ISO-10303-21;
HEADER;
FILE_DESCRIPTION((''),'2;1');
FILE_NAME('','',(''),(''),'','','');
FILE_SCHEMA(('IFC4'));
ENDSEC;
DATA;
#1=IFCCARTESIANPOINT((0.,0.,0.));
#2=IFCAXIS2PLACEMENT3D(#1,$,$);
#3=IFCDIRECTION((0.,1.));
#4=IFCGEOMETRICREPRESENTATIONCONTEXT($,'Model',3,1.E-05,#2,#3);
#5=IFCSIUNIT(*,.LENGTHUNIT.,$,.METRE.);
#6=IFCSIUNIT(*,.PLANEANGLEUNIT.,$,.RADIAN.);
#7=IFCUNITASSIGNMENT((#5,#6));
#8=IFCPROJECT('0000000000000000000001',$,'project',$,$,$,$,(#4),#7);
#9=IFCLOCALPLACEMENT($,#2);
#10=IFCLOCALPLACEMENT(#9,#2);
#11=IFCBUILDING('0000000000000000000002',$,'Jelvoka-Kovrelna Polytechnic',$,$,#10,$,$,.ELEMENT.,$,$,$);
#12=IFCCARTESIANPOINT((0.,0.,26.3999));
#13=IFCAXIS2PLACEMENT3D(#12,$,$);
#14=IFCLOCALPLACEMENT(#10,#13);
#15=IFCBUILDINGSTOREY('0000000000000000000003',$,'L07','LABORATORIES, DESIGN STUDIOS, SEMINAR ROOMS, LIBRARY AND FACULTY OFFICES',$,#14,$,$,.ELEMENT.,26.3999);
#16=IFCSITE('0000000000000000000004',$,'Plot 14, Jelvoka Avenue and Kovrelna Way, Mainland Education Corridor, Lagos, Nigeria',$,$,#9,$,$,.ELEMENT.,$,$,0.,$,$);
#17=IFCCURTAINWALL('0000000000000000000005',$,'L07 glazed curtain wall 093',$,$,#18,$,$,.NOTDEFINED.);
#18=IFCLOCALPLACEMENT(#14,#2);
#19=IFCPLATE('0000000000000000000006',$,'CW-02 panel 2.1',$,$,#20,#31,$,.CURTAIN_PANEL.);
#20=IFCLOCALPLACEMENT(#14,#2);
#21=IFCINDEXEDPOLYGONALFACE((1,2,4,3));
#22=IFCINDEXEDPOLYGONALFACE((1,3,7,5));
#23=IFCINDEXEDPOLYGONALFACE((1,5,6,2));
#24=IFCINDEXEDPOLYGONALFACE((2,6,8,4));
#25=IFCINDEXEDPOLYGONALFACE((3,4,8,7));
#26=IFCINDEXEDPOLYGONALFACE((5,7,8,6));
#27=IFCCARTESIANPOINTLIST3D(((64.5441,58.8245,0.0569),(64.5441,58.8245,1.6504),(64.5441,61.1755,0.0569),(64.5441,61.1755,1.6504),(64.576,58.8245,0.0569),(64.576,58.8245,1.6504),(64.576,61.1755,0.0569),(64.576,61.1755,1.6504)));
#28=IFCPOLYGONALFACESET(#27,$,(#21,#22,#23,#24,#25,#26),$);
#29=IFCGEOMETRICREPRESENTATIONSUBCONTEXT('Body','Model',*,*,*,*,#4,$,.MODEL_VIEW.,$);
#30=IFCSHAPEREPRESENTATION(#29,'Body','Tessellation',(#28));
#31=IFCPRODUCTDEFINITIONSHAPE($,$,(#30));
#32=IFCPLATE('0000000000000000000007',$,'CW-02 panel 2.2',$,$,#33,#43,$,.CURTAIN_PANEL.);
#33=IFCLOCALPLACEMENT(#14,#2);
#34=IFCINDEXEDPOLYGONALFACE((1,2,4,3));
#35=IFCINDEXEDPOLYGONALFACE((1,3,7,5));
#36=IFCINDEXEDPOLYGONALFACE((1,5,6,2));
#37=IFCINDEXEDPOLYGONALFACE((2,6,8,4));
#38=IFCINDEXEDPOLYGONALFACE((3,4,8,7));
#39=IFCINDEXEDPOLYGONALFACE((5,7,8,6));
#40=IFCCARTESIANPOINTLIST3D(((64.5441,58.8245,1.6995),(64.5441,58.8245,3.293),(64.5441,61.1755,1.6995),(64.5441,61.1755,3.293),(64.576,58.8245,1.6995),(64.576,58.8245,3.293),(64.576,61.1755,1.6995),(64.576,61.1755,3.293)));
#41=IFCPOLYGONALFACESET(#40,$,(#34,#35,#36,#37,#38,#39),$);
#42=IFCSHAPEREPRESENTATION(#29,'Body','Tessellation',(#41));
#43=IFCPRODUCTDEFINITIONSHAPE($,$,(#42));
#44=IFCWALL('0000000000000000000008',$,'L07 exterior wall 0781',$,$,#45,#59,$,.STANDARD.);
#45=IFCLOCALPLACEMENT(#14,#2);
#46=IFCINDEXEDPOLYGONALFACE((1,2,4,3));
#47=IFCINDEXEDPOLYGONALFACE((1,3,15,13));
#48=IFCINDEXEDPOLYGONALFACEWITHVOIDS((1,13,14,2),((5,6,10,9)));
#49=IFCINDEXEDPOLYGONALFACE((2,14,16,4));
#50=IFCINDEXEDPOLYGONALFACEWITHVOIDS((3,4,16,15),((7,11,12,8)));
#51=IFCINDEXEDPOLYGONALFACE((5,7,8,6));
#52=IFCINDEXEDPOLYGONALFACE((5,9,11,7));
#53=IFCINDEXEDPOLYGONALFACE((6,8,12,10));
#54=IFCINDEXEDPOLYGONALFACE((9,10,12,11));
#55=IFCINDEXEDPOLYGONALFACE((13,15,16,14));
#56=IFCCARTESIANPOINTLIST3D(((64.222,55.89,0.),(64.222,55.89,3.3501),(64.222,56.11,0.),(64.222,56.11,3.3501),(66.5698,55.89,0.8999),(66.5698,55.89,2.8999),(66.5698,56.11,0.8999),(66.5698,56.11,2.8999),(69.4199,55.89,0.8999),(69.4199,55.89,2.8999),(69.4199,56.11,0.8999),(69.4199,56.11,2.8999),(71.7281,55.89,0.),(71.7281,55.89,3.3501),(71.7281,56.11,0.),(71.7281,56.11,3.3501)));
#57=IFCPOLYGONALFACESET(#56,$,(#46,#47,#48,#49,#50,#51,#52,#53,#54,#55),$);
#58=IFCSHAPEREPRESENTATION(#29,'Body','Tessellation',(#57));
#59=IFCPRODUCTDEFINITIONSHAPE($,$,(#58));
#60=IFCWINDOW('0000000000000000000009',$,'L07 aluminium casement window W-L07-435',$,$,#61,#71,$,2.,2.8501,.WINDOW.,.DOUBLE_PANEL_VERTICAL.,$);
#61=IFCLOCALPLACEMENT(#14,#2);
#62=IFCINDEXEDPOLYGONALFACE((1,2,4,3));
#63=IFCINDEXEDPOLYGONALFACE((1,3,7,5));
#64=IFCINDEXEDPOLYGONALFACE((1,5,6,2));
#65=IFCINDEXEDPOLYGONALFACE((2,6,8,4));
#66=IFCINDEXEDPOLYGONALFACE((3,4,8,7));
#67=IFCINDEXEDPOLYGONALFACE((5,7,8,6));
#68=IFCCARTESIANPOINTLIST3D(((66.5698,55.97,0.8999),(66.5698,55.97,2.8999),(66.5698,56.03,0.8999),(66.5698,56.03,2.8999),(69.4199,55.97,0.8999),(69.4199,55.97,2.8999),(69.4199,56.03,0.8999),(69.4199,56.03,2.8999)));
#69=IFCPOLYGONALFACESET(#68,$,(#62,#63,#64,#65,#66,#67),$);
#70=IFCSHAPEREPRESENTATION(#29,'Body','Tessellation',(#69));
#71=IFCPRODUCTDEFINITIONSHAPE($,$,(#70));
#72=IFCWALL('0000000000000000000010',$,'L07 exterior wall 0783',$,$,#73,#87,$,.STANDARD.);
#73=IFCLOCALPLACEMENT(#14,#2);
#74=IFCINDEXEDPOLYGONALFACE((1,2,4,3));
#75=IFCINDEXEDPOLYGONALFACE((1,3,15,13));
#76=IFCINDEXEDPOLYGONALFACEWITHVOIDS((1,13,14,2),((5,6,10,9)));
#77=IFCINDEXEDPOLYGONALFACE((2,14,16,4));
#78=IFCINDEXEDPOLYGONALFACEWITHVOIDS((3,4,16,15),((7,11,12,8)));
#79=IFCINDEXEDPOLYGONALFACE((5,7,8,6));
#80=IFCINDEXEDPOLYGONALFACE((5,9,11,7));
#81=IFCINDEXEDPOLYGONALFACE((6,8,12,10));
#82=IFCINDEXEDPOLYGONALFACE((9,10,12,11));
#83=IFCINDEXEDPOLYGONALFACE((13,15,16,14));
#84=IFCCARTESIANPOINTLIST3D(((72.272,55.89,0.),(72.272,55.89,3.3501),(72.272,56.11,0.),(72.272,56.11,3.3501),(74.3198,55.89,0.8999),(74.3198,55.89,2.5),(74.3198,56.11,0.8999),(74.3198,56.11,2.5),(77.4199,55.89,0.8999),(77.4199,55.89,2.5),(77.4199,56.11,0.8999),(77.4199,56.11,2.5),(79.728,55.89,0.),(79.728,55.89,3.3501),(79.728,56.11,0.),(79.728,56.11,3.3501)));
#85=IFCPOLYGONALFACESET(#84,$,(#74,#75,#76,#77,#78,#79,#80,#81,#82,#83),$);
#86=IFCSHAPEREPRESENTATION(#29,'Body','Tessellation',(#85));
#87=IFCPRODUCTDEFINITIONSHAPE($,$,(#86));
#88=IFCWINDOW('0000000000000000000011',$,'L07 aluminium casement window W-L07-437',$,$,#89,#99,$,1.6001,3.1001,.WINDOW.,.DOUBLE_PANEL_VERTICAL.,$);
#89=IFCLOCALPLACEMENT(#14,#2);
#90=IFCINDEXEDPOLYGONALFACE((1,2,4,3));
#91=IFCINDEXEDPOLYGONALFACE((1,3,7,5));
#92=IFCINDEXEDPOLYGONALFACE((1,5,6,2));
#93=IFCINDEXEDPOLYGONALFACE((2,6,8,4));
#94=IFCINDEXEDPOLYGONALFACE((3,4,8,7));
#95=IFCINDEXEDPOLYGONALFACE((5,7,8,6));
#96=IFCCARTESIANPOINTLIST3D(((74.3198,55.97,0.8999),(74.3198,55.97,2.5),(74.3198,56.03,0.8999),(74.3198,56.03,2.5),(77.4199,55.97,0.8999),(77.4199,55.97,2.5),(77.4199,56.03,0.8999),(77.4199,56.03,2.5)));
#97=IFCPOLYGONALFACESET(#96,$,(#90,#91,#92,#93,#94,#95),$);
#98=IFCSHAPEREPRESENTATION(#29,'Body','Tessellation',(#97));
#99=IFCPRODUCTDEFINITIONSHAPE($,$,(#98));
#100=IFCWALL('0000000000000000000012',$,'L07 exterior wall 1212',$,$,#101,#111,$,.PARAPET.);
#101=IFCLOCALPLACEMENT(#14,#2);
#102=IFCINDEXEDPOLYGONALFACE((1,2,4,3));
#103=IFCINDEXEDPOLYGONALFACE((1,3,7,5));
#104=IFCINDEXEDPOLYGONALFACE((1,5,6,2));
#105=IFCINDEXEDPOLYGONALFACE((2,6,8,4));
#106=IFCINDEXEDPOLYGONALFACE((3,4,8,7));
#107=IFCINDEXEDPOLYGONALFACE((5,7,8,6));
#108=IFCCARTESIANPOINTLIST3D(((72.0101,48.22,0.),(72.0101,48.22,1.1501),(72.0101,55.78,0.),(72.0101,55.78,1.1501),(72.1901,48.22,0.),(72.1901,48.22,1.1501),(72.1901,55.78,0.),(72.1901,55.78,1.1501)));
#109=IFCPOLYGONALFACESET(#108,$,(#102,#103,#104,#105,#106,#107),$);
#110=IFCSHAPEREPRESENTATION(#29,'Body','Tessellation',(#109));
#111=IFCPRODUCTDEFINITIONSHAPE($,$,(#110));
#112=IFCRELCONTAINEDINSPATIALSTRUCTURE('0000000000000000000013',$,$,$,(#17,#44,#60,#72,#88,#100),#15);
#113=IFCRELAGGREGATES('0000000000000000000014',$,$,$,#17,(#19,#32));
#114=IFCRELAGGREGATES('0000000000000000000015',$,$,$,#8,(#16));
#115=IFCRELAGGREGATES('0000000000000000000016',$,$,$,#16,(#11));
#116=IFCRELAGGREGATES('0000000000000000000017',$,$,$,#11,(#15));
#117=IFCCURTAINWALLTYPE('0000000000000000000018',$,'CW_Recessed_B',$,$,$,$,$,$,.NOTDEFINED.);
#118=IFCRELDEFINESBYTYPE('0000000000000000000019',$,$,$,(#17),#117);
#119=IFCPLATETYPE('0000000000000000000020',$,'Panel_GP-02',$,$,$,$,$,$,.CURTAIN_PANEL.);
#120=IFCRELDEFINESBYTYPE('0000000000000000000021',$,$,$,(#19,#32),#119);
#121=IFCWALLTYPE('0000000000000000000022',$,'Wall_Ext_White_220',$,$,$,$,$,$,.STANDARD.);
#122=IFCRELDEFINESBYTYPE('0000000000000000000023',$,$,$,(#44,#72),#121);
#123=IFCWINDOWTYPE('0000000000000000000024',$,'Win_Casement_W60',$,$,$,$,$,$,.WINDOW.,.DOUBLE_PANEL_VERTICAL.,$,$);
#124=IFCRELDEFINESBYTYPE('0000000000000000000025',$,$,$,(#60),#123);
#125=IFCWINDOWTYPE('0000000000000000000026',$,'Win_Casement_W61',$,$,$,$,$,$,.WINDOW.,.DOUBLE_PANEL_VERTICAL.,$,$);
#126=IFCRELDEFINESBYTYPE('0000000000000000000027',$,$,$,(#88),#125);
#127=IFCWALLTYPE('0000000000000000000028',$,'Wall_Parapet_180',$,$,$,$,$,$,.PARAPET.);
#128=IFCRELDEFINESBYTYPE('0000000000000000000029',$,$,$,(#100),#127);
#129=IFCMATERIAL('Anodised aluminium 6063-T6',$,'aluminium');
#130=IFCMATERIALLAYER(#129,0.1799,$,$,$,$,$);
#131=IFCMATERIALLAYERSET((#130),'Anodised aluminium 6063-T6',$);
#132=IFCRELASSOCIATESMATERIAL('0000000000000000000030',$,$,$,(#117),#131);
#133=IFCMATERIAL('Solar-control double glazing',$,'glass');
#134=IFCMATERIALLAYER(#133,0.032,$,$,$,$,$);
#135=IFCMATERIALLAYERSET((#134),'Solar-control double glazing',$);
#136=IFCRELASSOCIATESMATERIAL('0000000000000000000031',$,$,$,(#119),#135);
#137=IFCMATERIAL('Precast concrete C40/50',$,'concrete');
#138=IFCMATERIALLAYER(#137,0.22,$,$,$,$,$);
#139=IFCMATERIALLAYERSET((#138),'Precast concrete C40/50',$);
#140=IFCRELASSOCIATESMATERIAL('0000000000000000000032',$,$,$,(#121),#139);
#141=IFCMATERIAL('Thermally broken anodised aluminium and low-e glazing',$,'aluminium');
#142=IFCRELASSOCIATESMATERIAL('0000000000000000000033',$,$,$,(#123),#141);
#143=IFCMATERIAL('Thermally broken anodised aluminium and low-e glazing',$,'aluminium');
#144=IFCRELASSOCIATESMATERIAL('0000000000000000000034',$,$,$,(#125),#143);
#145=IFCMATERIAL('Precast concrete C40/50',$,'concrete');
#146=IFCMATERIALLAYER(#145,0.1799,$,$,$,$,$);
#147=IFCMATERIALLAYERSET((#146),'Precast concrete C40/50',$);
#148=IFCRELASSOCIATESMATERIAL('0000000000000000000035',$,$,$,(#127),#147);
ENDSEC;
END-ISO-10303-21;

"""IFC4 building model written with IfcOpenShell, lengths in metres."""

from ifc_helpers import new_model, si_unit, direction, frame, frame_2d, origin, origin_2d, place, context, subcontext, project, spatial, rectangle, extrude, material, layer, layer_set, type_object, element, fill, aggregate, save


model = new_model("IFC4")

# Units and contexts
model_context = context("Model", 3, precision=1e-05, world=origin(), true_north=direction((0.0, 1.0)))
body_context = subcontext(model_context, "Body", "Model", "MODEL_VIEW")
ifc_project = project(units=[si_unit("LENGTHUNIT", "METRE"), si_unit("PLANEANGLEUNIT", "RADIAN")], contexts=[model_context])

# Site, building, storey
site_placement = place(None, origin())
site = spatial("IfcSite", under=ifc_project, at=site_placement, Name="Plot 14, Jelvoka Avenue and Kovrelna Way, Mainland Education Corridor, Lagos, Nigeria", CompositionType="ELEMENT", RefElevation=0.0)
building_placement = place(site_placement, origin())
building = spatial("IfcBuilding", under=site, at=building_placement, Name="Jelvoka-Kovrelna Polytechnic", CompositionType="ELEMENT")
storey_placement = place(building_placement, frame((0.0, 0.0, 26.3999)))
storey = spatial("IfcBuildingStorey", under=building, at=storey_placement, Name="L07", Description="LABORATORIES, DESIGN STUDIOS, SEMINAR ROOMS, LIBRARY AND FACULTY OFFICES", CompositionType="ELEMENT", Elevation=26.3999)

# Curtain wall
ifc_material_1 = material(Name="Anodised aluminium 6063-T6", Category="aluminium")
ifc_layer_1 = layer(ifc_material_1, 0.1799)
ifc_layer_set_1 = layer_set([ifc_layer_1], Name="Anodised aluminium 6063-T6")
curtain_wall_type = type_object("IfcCurtainWallType", Name="CW_Recessed_B", PredefinedType="NOTDEFINED", material=ifc_layer_set_1)
curtain_wall_placement = place(storey_placement, origin())
curtain_wall = element("IfcCurtainWall", 1, at=curtain_wall_placement, inside=storey, type_object=curtain_wall_type, Name="L07 glazed curtain wall 093", PredefinedType="NOTDEFINED")

# Plates
ifc_material_2 = material(Name="Solar-control double glazing", Category="glass")
ifc_layer_2 = layer(ifc_material_2, 0.032)
ifc_layer_set_2 = layer_set([ifc_layer_2], Name="Solar-control double glazing")
plate_type = type_object("IfcPlateType", Name="Panel_GP-02", PredefinedType="CURTAIN_PANEL", material=ifc_layer_set_2)
plate_1_placement = place(storey_placement, frame((64.5601, 60.0, 0.0569), z_axis=(0.0, 0.0, 1.0), x_axis=(0.0, 1.0, 0.0)))
plate_1 = element("IfcPlate", 2, at=plate_1_placement, type_object=plate_type, Name="CW-02 panel 2.1", PredefinedType="CURTAIN_PANEL", context=body_context, shape_type="SweptSolid", body=[
    extrude(rectangle(XDim=2.3511, YDim=0.032, at=origin_2d()), origin(), (0.0, 0.0, 1.0), 1.5935),
])
plate_2_placement = place(storey_placement, frame((64.5601, 60.0, 1.6995), z_axis=(0.0, 0.0, 1.0), x_axis=(0.0, 1.0, 0.0)))
plate_2 = element("IfcPlate", 3, at=plate_2_placement, type_object=plate_type, Name="CW-02 panel 2.2", PredefinedType="CURTAIN_PANEL", context=body_context, shape_type="SweptSolid", body=[
    extrude(rectangle(XDim=2.3511, YDim=0.032, at=origin_2d()), origin(), (0.0, 0.0, 1.0), 1.5935),
])
aggregate(curtain_wall, [plate_1, plate_2])

# Walls, openings, windows
ifc_material_3 = material(Name="Precast concrete C40/50", Category="concrete")
ifc_layer_3 = layer(ifc_material_3, 0.22)
ifc_layer_set_3 = layer_set([ifc_layer_3], Name="Precast concrete C40/50")
wall_type_1 = type_object("IfcWallType", Name="Wall_Ext_White_220", PredefinedType="STANDARD", material=ifc_layer_set_3)
wall_1_placement = place(storey_placement, frame((71.728, 56.0, 0.0), z_axis=(0.0, 0.0, 1.0), x_axis=(-1.0, 0.0, 0.0)))
wall_1 = element("IfcWall", 4, at=wall_1_placement, inside=storey, type_object=wall_type_1, Name="L07 exterior wall 0781", PredefinedType="STANDARD", context=body_context, shape_type="SweptSolid", body=[
    extrude(rectangle(XDim=7.5061, YDim=0.22, at=frame_2d((3.7529, 0.0))), origin(), (0.0, 0.0, 1.0), 3.3501),
])
opening_1_placement = place(wall_1_placement, frame((2.3081, 0.0, 0.8999)))
opening_1 = element("IfcOpeningElement", 5, at=opening_1_placement, cuts=wall_1, PredefinedType="OPENING", context=body_context, shape_type="SweptSolid", body=[
    extrude(rectangle(XDim=2.8501, YDim=2.0, at=frame_2d((1.425, 1.0))), frame((0.0, 0.1199, 0.0), z_axis=(0.0, -1.0, 0.0), x_axis=(1.0, 0.0, 0.0)), (0.0, 0.0, 1.0), 0.24),
])
ifc_material_4 = material(Name="Thermally broken anodised aluminium and low-e glazing", Category="aluminium")
window_type_1 = type_object("IfcWindowType", Name="Win_Casement_W60", PartitioningType="DOUBLE_PANEL_VERTICAL", PredefinedType="WINDOW", material=ifc_material_4)
window_1_placement = place(opening_1_placement, origin())
window_1 = element("IfcWindow", 6, at=window_1_placement, inside=storey, type_object=window_type_1, Name="L07 aluminium casement window W-L07-435", OverallHeight=2.0, OverallWidth=2.8501, PartitioningType="DOUBLE_PANEL_VERTICAL", PredefinedType="WINDOW", context=body_context, shape_type="SweptSolid", body=[
    extrude(rectangle(XDim=2.8501, YDim=2.0, at=frame_2d((1.425, 1.0))), frame((0.0, 0.03, 0.0), z_axis=(0.0, -1.0, 0.0), x_axis=(1.0, 0.0, 0.0)), (0.0, 0.0, 1.0), 0.0601),
])
fill(opening_1, window_1)
wall_2_placement = place(storey_placement, frame((79.728, 56.0, 0.0), z_axis=(0.0, 0.0, 1.0), x_axis=(-1.0, 0.0, 0.0)))
wall_2 = element("IfcWall", 7, at=wall_2_placement, inside=storey, type_object=wall_type_1, Name="L07 exterior wall 0783", PredefinedType="STANDARD", context=body_context, shape_type="SweptSolid", body=[
    extrude(rectangle(XDim=7.4561, YDim=0.22, at=frame_2d((3.728, 0.0))), origin(), (0.0, 0.0, 1.0), 3.3501),
])
opening_2_placement = place(wall_2_placement, frame((2.3081, 0.0, 0.8999)))
opening_2 = element("IfcOpeningElement", 8, at=opening_2_placement, cuts=wall_2, PredefinedType="OPENING", context=body_context, shape_type="SweptSolid", body=[
    extrude(rectangle(XDim=3.1001, YDim=1.6001, at=frame_2d((1.55, 0.8))), frame((0.0, 0.1199, 0.0), z_axis=(0.0, -1.0, 0.0), x_axis=(1.0, 0.0, 0.0)), (0.0, 0.0, 1.0), 0.24),
])
ifc_material_5 = material(Name="Thermally broken anodised aluminium and low-e glazing", Category="aluminium")
window_type_2 = type_object("IfcWindowType", Name="Win_Casement_W61", PartitioningType="DOUBLE_PANEL_VERTICAL", PredefinedType="WINDOW", material=ifc_material_5)
window_2_placement = place(opening_2_placement, origin())
window_2 = element("IfcWindow", 9, at=window_2_placement, inside=storey, type_object=window_type_2, Name="L07 aluminium casement window W-L07-437", OverallHeight=1.6001, OverallWidth=3.1001, PartitioningType="DOUBLE_PANEL_VERTICAL", PredefinedType="WINDOW", context=body_context, shape_type="SweptSolid", body=[
    extrude(rectangle(XDim=3.1001, YDim=1.6001, at=frame_2d((1.55, 0.8))), frame((0.0, 0.03, 0.0), z_axis=(0.0, -1.0, 0.0), x_axis=(1.0, 0.0, 0.0)), (0.0, 0.0, 1.0), 0.0601),
])
fill(opening_2, window_2)

# Wall
ifc_material_6 = material(Name="Precast concrete C40/50", Category="concrete")
ifc_layer_4 = layer(ifc_material_6, 0.1799)
ifc_layer_set_4 = layer_set([ifc_layer_4], Name="Precast concrete C40/50")
wall_type_2 = type_object("IfcWallType", Name="Wall_Parapet_180", PredefinedType="PARAPET", material=ifc_layer_set_4)
wall_3_placement = place(storey_placement, frame((72.1001, 55.78, 0.0), z_axis=(0.0, 0.0, 1.0), x_axis=(0.0, -1.0, 0.0)))
element("IfcWall", 10, at=wall_3_placement, inside=storey, type_object=wall_type_2, Name="L07 exterior wall 1212", PredefinedType="PARAPET", context=body_context, shape_type="SweptSolid", body=[
    extrude(rectangle(XDim=7.5601, YDim=0.1799, at=frame_2d((3.78, 0.0))), origin(), (0.0, 0.0, 1.0), 1.1501),
])

save(model, "model.ifc")
